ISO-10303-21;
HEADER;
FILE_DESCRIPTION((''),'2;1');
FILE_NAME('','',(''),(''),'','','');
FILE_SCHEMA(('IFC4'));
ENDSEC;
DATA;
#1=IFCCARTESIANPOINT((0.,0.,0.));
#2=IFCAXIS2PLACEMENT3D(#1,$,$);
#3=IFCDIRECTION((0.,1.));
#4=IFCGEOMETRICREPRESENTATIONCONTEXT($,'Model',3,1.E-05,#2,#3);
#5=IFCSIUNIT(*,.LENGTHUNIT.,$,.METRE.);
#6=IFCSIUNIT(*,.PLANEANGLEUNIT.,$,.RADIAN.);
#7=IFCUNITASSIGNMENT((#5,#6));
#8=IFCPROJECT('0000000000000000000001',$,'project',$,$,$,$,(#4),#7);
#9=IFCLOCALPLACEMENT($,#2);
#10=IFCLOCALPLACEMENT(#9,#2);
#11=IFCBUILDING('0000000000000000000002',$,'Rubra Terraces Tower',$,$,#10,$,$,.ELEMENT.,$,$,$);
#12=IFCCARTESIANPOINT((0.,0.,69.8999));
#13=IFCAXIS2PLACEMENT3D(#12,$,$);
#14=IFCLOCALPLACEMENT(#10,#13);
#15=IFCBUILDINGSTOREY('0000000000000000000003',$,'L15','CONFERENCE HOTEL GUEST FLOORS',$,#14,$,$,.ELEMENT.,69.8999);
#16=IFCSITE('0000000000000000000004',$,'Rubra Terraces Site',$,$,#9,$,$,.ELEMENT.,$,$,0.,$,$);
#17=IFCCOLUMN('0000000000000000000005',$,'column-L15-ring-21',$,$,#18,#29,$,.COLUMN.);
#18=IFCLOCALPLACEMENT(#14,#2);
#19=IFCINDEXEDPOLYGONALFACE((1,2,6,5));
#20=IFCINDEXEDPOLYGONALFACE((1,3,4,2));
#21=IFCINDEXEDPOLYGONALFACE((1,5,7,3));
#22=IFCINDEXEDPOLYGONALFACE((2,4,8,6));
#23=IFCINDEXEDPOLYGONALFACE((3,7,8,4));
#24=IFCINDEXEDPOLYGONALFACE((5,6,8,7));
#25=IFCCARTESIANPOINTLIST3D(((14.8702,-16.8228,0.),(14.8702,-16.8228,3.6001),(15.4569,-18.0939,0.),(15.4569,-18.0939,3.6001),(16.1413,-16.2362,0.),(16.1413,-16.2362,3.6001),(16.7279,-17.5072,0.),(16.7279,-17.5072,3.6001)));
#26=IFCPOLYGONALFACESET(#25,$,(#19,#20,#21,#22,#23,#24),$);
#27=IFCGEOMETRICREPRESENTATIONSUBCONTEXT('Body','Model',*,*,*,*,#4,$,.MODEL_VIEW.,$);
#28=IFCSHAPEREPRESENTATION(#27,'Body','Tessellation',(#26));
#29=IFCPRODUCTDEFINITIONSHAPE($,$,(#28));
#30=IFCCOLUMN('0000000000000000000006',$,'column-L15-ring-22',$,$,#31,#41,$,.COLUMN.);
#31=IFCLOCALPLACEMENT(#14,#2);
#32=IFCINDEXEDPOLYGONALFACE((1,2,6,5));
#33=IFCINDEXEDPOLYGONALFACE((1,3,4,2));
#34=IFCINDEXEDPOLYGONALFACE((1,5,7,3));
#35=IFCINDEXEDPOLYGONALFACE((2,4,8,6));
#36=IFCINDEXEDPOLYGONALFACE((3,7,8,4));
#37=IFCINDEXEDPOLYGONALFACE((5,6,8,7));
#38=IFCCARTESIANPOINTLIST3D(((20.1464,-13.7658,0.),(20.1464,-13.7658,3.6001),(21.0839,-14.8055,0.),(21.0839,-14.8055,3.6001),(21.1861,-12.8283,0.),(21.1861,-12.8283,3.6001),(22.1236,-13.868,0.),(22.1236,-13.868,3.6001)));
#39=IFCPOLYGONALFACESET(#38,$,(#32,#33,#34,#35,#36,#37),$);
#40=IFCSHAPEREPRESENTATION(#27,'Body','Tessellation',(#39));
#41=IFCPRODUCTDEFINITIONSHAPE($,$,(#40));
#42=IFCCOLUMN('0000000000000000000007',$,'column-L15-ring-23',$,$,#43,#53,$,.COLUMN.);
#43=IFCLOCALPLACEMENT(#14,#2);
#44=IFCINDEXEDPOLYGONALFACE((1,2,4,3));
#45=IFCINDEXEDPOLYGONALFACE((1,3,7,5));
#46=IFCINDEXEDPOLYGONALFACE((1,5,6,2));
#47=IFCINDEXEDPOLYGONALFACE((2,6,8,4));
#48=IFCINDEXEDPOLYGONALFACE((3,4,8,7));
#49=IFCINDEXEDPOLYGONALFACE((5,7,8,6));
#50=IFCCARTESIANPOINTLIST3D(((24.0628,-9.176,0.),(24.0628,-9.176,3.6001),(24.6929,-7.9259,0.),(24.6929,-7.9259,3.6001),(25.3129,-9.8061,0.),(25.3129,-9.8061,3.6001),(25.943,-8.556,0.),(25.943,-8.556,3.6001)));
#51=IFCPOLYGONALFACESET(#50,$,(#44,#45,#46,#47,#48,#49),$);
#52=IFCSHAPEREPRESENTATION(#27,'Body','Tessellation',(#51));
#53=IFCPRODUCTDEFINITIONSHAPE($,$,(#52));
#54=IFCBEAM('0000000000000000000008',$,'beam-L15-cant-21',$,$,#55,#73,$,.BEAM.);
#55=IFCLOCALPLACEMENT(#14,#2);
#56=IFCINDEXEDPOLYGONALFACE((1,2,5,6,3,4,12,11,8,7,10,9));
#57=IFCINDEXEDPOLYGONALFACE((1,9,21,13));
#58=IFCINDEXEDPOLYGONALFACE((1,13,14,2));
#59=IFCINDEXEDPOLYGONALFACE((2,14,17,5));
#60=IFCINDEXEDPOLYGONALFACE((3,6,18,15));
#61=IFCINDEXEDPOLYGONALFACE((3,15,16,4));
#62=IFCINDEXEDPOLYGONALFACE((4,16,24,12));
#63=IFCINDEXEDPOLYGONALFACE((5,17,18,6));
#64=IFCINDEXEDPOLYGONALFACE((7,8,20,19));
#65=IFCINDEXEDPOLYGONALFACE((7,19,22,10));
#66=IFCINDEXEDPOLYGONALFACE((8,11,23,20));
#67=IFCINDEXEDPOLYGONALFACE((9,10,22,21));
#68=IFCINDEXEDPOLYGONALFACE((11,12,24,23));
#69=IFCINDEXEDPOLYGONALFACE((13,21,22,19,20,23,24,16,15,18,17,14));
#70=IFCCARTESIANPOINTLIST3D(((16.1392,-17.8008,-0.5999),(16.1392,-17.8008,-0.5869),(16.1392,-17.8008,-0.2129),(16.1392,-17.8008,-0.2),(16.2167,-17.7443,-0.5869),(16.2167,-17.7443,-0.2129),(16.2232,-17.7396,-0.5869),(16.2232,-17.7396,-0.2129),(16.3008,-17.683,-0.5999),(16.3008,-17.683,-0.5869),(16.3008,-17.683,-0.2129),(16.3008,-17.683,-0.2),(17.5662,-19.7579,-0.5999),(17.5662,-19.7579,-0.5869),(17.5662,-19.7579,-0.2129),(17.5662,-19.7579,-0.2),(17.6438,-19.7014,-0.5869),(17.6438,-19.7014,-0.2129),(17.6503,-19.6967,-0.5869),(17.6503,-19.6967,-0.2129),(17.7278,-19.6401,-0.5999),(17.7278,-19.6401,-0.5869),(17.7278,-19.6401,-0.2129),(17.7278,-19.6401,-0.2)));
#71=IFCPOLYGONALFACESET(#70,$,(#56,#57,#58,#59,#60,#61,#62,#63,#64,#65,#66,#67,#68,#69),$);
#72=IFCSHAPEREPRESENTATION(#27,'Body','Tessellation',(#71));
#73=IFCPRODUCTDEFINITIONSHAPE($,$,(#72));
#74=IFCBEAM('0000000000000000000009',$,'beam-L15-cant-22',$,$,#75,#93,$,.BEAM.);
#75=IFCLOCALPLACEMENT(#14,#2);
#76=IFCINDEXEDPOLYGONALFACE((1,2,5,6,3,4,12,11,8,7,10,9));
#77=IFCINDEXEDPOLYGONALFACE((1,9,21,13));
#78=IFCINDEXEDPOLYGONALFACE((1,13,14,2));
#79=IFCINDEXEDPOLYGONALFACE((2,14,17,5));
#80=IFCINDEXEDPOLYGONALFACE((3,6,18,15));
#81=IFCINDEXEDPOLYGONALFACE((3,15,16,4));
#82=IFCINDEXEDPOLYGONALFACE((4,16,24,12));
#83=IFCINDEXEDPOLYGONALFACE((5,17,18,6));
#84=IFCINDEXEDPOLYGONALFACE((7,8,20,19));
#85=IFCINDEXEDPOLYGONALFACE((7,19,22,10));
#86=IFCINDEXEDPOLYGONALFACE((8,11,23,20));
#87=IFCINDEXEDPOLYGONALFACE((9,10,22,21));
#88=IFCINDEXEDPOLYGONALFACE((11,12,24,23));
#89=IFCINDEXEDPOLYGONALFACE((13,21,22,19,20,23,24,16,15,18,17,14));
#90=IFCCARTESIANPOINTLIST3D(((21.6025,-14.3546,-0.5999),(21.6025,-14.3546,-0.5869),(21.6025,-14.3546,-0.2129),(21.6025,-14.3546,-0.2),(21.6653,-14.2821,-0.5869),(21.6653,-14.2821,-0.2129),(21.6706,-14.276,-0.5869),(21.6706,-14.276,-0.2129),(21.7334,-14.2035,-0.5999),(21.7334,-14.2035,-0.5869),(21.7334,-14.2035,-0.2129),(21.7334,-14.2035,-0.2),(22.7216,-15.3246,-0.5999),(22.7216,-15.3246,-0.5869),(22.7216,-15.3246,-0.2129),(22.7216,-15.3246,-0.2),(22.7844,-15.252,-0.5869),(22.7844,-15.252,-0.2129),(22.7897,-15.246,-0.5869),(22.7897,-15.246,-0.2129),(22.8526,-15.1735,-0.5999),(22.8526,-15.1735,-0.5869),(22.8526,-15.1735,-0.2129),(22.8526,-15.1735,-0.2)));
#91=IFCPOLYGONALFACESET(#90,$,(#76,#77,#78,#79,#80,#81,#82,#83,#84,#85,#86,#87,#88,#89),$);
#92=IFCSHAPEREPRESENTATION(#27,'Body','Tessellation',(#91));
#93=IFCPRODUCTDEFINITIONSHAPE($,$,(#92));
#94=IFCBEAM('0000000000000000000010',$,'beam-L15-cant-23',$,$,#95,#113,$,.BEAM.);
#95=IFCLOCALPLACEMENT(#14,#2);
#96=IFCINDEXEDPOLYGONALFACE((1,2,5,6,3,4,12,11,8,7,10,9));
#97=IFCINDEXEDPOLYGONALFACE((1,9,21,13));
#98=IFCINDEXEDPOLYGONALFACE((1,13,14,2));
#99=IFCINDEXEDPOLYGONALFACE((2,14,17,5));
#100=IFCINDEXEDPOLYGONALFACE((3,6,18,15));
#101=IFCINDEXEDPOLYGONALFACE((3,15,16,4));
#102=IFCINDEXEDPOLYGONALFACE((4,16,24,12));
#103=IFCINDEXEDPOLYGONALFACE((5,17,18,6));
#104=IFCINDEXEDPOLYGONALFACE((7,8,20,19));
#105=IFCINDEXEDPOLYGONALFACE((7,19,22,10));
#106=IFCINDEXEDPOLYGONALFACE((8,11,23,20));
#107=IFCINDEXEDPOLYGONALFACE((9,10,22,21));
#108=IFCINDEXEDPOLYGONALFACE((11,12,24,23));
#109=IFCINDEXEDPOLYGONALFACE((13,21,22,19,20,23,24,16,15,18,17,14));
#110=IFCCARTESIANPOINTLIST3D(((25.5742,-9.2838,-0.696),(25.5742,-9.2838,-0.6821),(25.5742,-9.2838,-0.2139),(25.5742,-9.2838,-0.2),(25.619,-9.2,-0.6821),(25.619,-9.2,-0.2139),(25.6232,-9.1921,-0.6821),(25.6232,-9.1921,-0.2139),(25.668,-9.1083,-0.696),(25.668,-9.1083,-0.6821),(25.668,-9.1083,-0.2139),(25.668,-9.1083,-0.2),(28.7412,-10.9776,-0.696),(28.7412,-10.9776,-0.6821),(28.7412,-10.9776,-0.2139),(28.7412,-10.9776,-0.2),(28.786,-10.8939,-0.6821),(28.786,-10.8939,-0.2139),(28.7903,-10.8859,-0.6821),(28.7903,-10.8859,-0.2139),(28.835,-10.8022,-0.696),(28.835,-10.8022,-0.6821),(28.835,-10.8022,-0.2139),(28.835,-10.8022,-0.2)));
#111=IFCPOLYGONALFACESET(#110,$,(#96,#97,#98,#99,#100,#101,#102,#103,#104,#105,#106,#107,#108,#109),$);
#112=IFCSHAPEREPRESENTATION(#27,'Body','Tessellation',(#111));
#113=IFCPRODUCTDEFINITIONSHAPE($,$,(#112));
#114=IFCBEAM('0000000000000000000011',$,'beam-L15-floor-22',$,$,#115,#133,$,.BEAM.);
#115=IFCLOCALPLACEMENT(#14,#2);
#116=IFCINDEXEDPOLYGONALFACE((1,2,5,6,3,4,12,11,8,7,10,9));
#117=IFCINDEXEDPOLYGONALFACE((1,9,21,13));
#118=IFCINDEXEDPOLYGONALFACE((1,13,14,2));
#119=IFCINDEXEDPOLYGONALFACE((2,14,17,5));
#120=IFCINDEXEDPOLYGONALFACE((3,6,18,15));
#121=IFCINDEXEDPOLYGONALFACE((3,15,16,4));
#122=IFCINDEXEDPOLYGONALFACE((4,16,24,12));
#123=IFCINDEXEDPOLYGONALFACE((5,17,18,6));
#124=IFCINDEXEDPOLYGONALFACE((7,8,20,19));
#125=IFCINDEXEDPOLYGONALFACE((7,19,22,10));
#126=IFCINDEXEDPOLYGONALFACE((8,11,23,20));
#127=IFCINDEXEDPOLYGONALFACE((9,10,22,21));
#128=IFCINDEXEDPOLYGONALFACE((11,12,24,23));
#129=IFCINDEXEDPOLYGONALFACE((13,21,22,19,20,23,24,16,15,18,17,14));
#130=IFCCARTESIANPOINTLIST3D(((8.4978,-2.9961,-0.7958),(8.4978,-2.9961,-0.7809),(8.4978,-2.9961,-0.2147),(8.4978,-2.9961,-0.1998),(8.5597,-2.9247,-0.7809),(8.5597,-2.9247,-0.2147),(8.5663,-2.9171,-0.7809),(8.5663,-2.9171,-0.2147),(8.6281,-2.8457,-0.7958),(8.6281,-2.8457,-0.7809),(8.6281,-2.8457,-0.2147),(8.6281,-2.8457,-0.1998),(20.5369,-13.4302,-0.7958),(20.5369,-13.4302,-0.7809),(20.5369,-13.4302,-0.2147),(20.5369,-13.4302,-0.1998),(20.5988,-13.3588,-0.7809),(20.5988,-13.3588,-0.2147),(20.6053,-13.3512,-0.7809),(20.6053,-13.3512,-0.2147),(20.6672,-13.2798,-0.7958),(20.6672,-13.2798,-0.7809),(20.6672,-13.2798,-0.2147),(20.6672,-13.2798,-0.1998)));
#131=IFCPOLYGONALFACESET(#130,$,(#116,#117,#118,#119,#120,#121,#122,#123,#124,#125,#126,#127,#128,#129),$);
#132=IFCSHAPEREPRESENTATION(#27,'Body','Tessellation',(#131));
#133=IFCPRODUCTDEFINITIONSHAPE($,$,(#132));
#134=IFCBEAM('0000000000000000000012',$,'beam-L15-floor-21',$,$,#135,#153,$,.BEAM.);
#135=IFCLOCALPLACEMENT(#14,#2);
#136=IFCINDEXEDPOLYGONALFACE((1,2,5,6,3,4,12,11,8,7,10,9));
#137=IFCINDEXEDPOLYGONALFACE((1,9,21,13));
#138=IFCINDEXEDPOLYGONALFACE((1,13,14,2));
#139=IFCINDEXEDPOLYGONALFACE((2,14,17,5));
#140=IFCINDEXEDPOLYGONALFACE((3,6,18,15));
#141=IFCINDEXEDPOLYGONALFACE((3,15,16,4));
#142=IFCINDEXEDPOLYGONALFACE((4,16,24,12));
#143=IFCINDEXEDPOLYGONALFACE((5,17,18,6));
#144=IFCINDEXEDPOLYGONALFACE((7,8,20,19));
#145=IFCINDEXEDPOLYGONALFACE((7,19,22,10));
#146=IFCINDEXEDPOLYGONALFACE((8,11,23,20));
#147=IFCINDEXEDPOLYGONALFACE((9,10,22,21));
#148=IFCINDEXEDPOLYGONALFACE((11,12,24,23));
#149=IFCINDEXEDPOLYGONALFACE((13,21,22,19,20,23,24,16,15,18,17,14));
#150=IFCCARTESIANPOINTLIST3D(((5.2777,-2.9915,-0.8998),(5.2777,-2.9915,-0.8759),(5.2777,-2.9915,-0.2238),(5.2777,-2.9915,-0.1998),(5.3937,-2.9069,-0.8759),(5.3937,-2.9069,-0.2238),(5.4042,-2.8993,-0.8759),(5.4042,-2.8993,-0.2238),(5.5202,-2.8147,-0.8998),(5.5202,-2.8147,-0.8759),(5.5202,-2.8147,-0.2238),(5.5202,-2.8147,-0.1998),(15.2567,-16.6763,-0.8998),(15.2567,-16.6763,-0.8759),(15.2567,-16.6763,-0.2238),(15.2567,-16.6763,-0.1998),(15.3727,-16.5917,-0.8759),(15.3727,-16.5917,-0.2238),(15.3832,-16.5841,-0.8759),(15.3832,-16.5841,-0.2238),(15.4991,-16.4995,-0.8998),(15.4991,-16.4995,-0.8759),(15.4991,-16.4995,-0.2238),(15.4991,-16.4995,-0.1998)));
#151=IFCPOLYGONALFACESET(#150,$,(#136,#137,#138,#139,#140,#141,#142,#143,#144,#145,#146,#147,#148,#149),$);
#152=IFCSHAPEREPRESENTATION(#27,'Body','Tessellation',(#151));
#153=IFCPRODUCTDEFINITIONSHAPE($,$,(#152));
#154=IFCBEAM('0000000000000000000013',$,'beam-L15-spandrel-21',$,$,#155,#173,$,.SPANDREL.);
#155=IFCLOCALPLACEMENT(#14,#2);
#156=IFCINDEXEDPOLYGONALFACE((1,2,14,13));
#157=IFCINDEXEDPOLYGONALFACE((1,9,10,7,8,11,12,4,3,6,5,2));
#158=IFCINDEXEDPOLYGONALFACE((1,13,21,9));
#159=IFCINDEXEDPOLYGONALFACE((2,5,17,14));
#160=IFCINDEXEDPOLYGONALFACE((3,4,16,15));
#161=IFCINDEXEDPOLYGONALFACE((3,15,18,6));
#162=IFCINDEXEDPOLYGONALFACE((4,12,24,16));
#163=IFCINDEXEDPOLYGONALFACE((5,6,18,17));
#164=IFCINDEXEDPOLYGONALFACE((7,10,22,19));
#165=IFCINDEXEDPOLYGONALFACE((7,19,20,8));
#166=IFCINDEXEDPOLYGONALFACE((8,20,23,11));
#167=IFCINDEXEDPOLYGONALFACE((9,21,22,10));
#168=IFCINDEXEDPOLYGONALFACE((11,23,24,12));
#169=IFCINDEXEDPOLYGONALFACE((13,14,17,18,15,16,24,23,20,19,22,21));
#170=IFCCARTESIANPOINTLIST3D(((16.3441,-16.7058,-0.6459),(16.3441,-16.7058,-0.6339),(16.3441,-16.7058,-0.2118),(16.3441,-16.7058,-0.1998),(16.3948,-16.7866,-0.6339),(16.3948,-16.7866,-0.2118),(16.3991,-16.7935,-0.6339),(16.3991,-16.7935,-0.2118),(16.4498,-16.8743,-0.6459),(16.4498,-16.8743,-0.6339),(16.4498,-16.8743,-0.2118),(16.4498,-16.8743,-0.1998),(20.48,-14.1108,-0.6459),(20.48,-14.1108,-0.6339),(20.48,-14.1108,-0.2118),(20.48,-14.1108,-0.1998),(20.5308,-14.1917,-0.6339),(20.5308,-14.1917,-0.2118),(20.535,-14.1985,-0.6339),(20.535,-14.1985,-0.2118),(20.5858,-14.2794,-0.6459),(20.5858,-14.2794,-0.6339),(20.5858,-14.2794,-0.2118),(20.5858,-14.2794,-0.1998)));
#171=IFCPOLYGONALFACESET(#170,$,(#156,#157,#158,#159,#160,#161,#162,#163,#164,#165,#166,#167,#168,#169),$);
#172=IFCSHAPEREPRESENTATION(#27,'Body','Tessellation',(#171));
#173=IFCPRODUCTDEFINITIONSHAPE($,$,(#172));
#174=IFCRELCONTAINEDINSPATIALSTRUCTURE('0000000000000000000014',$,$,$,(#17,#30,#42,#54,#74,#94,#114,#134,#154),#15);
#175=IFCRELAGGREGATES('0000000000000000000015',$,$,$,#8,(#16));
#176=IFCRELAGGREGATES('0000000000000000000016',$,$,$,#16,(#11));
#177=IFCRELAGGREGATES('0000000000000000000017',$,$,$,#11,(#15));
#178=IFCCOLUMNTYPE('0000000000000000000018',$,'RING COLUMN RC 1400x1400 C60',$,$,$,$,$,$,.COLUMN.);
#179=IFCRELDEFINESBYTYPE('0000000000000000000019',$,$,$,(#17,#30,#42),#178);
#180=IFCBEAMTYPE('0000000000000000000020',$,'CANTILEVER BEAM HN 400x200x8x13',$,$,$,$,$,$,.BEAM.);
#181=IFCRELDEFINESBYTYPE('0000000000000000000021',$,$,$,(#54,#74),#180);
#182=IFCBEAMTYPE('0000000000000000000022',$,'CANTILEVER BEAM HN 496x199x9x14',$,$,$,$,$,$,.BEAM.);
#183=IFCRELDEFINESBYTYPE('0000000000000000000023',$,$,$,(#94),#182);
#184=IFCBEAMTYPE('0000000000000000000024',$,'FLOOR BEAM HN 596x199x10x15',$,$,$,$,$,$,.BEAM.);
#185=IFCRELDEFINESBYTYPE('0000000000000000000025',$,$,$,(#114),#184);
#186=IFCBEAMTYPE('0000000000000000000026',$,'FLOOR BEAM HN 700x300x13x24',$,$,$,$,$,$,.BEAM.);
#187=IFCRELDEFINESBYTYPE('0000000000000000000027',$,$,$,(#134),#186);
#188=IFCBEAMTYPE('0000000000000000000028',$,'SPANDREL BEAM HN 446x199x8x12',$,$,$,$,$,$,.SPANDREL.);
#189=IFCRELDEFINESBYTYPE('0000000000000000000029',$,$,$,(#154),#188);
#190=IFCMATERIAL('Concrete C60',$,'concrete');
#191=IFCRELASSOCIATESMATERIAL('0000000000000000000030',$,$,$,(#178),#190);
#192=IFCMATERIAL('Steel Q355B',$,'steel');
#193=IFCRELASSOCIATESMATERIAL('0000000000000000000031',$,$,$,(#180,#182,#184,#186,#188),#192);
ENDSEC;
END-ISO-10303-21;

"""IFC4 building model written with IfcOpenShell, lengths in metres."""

from ifc_helpers import new_model, si_unit, direction, frame, origin, origin_2d, place, context, subcontext, project, spatial, rectangle, i_section, extrude, material, material_profile, profile_set, type_object, element, save


model = new_model("IFC4")

# Units and contexts
model_context = context("Model", 3, precision=1e-05, world=origin(), true_north=direction((0.0, 1.0)))
body_context = subcontext(model_context, "Body", "Model", "MODEL_VIEW")
ifc_project = project(units=[si_unit("LENGTHUNIT", "METRE"), si_unit("PLANEANGLEUNIT", "RADIAN")], contexts=[model_context])

# Site, building, storey
site_placement = place(None, origin())
site = spatial("IfcSite", under=ifc_project, at=site_placement, Name="Rubra Terraces Site", CompositionType="ELEMENT", RefElevation=0.0)
building_placement = place(site_placement, origin())
building = spatial("IfcBuilding", under=site, at=building_placement, Name="Rubra Terraces Tower", CompositionType="ELEMENT")
storey_placement = place(building_placement, frame((0.0, 0.0, 69.8999)))
storey = spatial("IfcBuildingStorey", under=building, at=storey_placement, Name="L15", Description="CONFERENCE HOTEL GUEST FLOORS", CompositionType="ELEMENT", Elevation=69.8999)

# Columns
ifc_material_1 = material(Name="Concrete C60", Category="concrete")
ifc_material_profile_1 = material_profile(ifc_material_1, rectangle(XDim=1.3999, YDim=1.3999, at=origin_2d()), Name="RC 1400x1400")
ifc_profile_set_1 = profile_set([ifc_material_profile_1], Name="Concrete C60")
column_type = type_object("IfcColumnType", Name="RING COLUMN RC 1400x1400 C60", PredefinedType="COLUMN", material=ifc_profile_set_1)
for number, where, z_axis, x_axis, name in (
    (1, (15.7991, -17.165, 0.0), (0.0, 0.0, 1.0), (0.907952, 0.419073, 0.0), "column-L15-ring-21"),
    (2, (21.135, -13.8169, 0.0), (0.0, 0.0, 1.0), (0.742676, 0.669651, 0.0), "column-L15-ring-22"),
    (3, (25.0029, -8.866, 0.0), (0.0, 0.0, 1.0), (0.450099, 0.892979, 0.0), "column-L15-ring-23"),
):
    element("IfcColumn", number, at=place(storey_placement, frame(where, z_axis=z_axis, x_axis=x_axis)), inside=storey, type_object=column_type, Name=name, PredefinedType="COLUMN", context=body_context, shape_type="SweptSolid", body=[
        extrude(rectangle(XDim=1.3999, YDim=1.3999, at=origin_2d()), origin(), (0.0, 0.0, 1.0), 3.6001),
    ])

# Beams
ifc_material_2 = material(Name="Steel Q355B", Category="steel")
ifc_material_profile_2 = material_profile(ifc_material_2, i_section(OverallWidth=0.2, OverallDepth=0.3999, WebThickness=0.0081, FlangeThickness=0.0129, at=origin_2d()), Name="HN 400x200x8x13")
ifc_profile_set_2 = profile_set([ifc_material_profile_2], Name="Steel Q355B")
beam_type_1 = type_object("IfcBeamType", Name="CANTILEVER BEAM HN 400x200x8x13", PredefinedType="BEAM", material=ifc_profile_set_2)
beam_1_placement = place(storey_placement, frame((16.22, -17.7419, -0.3999), z_axis=(0.589172, -0.808008, 0.0), x_axis=(0.808008, 0.589172, 0.0)))
element("IfcBeam", 4, at=beam_1_placement, inside=storey, type_object=beam_type_1, Name="beam-L15-cant-21", PredefinedType="BEAM", context=body_context, shape_type="SweptSolid", body=[
    extrude(i_section(OverallWidth=0.2, OverallDepth=0.3999, WebThickness=0.0081, FlangeThickness=0.0129, at=origin_2d()), origin(), (0.0, 0.0, 1.0), 2.4221),
])
beam_2_placement = place(storey_placement, frame((21.668, -14.2791, -0.3999), z_axis=(0.755673, -0.654949, 0.0), x_axis=(0.654949, 0.755673, 0.0)))
element("IfcBeam", 5, at=beam_2_placement, inside=storey, type_object=beam_type_1, Name="beam-L15-cant-22", PredefinedType="BEAM", context=body_context, shape_type="SweptSolid", body=[
    extrude(i_section(OverallWidth=0.2, OverallDepth=0.3999, WebThickness=0.0081, FlangeThickness=0.0129, at=origin_2d()), origin(), (0.0, 0.0, 1.0), 1.481),
])
ifc_material_profile_3 = material_profile(ifc_material_2, i_section(OverallWidth=0.199, OverallDepth=0.4961, WebThickness=0.009, FlangeThickness=0.0139, at=origin_2d()), Name="HN 496x199x9x14")
ifc_profile_set_3 = profile_set([ifc_material_profile_3], Name="Steel Q355B")
beam_type_2 = type_object("IfcBeamType", Name="CANTILEVER BEAM HN 496x199x9x14", PredefinedType="BEAM", material=ifc_profile_set_3)
beam_3_placement = place(storey_placement, frame((25.6211, -9.196, -0.448), z_axis=(0.881799, -0.471625, 0.0), x_axis=(0.471625, 0.881799, 0.0)))
element("IfcBeam", 6, at=beam_3_placement, inside=storey, type_object=beam_type_2, Name="beam-L15-cant-23", PredefinedType="BEAM", context=body_context, shape_type="SweptSolid", body=[
    extrude(i_section(OverallWidth=0.199, OverallDepth=0.4961, WebThickness=0.009, FlangeThickness=0.0139, at=origin_2d()), origin(), (0.0, 0.0, 1.0), 3.5916),
])
ifc_material_profile_4 = material_profile(ifc_material_2, i_section(OverallWidth=0.199, OverallDepth=0.5959, WebThickness=0.01, FlangeThickness=0.0149, at=origin_2d()), Name="HN 596x199x10x15")
ifc_profile_set_4 = profile_set([ifc_material_profile_4], Name="Steel Q355B")
beam_type_3 = type_object("IfcBeamType", Name="FLOOR BEAM HN 596x199x10x15", PredefinedType="BEAM", material=ifc_profile_set_4)
beam_4_placement = place(storey_placement, frame((20.6021, -13.355, -0.4978), z_axis=(-0.755682, 0.654939, 0.0), x_axis=(-0.654939, -0.755682, 0.0)))
element("IfcBeam", 7, at=beam_4_placement, inside=storey, type_object=beam_type_3, Name="beam-L15-floor-22", PredefinedType="BEAM", context=body_context, shape_type="SweptSolid", body=[
    extrude(i_section(OverallWidth=0.199, OverallDepth=0.5959, WebThickness=0.01, FlangeThickness=0.0149, at=origin_2d()), origin(), (0.0, 0.0, 1.0), 15.9314),
])
ifc_material_profile_5 = material_profile(ifc_material_2, i_section(OverallWidth=0.3, OverallDepth=0.7, WebThickness=0.0129, FlangeThickness=0.0239, at=origin_2d()), Name="HN 700x300x13x24")
ifc_profile_set_5 = profile_set([ifc_material_profile_5], Name="Steel Q355B")
beam_type_4 = type_object("IfcBeamType", Name="FLOOR BEAM HN 700x300x13x24", PredefinedType="BEAM", material=ifc_profile_set_5)
beam_5_placement = place(storey_placement, frame((15.3779, -16.5879, -0.5498), z_axis=(-0.589191, 0.807994, 0.0), x_axis=(-0.807994, -0.589191, 0.0)))
element("IfcBeam", 8, at=beam_5_placement, inside=storey, type_object=beam_type_4, Name="beam-L15-floor-21", PredefinedType="BEAM", context=body_context, shape_type="SweptSolid", body=[
    extrude(i_section(OverallWidth=0.3, OverallDepth=0.7, WebThickness=0.0129, FlangeThickness=0.0239, at=origin_2d()), origin(), (0.0, 0.0, 1.0), 16.9368),
])
ifc_material_profile_6 = material_profile(ifc_material_2, i_section(OverallWidth=0.199, OverallDepth=0.446, WebThickness=0.0081, FlangeThickness=0.012, at=origin_2d()), Name="HN 446x199x8x12")
ifc_profile_set_6 = profile_set([ifc_material_profile_6], Name="Steel Q355B")
beam_type_5 = type_object("IfcBeamType", Name="SPANDREL BEAM HN 446x199x8x12", PredefinedType="SPANDREL", material=ifc_profile_set_6)
beam_6_placement = place(storey_placement, frame((16.397, -16.79, -0.4229), z_axis=(0.847078, 0.531468, 0.0), x_axis=(-0.531468, 0.847078, 0.0)))
element("IfcBeam", 9, at=beam_6_placement, inside=storey, type_object=beam_type_5, Name="beam-L15-spandrel-21", PredefinedType="SPANDREL", context=body_context, shape_type="SweptSolid", body=[
    extrude(i_section(OverallWidth=0.199, OverallDepth=0.446, WebThickness=0.0081, FlangeThickness=0.012, at=origin_2d()), origin(), (0.0, 0.0, 1.0), 4.8826),
])

save(model, "model.ifc")
